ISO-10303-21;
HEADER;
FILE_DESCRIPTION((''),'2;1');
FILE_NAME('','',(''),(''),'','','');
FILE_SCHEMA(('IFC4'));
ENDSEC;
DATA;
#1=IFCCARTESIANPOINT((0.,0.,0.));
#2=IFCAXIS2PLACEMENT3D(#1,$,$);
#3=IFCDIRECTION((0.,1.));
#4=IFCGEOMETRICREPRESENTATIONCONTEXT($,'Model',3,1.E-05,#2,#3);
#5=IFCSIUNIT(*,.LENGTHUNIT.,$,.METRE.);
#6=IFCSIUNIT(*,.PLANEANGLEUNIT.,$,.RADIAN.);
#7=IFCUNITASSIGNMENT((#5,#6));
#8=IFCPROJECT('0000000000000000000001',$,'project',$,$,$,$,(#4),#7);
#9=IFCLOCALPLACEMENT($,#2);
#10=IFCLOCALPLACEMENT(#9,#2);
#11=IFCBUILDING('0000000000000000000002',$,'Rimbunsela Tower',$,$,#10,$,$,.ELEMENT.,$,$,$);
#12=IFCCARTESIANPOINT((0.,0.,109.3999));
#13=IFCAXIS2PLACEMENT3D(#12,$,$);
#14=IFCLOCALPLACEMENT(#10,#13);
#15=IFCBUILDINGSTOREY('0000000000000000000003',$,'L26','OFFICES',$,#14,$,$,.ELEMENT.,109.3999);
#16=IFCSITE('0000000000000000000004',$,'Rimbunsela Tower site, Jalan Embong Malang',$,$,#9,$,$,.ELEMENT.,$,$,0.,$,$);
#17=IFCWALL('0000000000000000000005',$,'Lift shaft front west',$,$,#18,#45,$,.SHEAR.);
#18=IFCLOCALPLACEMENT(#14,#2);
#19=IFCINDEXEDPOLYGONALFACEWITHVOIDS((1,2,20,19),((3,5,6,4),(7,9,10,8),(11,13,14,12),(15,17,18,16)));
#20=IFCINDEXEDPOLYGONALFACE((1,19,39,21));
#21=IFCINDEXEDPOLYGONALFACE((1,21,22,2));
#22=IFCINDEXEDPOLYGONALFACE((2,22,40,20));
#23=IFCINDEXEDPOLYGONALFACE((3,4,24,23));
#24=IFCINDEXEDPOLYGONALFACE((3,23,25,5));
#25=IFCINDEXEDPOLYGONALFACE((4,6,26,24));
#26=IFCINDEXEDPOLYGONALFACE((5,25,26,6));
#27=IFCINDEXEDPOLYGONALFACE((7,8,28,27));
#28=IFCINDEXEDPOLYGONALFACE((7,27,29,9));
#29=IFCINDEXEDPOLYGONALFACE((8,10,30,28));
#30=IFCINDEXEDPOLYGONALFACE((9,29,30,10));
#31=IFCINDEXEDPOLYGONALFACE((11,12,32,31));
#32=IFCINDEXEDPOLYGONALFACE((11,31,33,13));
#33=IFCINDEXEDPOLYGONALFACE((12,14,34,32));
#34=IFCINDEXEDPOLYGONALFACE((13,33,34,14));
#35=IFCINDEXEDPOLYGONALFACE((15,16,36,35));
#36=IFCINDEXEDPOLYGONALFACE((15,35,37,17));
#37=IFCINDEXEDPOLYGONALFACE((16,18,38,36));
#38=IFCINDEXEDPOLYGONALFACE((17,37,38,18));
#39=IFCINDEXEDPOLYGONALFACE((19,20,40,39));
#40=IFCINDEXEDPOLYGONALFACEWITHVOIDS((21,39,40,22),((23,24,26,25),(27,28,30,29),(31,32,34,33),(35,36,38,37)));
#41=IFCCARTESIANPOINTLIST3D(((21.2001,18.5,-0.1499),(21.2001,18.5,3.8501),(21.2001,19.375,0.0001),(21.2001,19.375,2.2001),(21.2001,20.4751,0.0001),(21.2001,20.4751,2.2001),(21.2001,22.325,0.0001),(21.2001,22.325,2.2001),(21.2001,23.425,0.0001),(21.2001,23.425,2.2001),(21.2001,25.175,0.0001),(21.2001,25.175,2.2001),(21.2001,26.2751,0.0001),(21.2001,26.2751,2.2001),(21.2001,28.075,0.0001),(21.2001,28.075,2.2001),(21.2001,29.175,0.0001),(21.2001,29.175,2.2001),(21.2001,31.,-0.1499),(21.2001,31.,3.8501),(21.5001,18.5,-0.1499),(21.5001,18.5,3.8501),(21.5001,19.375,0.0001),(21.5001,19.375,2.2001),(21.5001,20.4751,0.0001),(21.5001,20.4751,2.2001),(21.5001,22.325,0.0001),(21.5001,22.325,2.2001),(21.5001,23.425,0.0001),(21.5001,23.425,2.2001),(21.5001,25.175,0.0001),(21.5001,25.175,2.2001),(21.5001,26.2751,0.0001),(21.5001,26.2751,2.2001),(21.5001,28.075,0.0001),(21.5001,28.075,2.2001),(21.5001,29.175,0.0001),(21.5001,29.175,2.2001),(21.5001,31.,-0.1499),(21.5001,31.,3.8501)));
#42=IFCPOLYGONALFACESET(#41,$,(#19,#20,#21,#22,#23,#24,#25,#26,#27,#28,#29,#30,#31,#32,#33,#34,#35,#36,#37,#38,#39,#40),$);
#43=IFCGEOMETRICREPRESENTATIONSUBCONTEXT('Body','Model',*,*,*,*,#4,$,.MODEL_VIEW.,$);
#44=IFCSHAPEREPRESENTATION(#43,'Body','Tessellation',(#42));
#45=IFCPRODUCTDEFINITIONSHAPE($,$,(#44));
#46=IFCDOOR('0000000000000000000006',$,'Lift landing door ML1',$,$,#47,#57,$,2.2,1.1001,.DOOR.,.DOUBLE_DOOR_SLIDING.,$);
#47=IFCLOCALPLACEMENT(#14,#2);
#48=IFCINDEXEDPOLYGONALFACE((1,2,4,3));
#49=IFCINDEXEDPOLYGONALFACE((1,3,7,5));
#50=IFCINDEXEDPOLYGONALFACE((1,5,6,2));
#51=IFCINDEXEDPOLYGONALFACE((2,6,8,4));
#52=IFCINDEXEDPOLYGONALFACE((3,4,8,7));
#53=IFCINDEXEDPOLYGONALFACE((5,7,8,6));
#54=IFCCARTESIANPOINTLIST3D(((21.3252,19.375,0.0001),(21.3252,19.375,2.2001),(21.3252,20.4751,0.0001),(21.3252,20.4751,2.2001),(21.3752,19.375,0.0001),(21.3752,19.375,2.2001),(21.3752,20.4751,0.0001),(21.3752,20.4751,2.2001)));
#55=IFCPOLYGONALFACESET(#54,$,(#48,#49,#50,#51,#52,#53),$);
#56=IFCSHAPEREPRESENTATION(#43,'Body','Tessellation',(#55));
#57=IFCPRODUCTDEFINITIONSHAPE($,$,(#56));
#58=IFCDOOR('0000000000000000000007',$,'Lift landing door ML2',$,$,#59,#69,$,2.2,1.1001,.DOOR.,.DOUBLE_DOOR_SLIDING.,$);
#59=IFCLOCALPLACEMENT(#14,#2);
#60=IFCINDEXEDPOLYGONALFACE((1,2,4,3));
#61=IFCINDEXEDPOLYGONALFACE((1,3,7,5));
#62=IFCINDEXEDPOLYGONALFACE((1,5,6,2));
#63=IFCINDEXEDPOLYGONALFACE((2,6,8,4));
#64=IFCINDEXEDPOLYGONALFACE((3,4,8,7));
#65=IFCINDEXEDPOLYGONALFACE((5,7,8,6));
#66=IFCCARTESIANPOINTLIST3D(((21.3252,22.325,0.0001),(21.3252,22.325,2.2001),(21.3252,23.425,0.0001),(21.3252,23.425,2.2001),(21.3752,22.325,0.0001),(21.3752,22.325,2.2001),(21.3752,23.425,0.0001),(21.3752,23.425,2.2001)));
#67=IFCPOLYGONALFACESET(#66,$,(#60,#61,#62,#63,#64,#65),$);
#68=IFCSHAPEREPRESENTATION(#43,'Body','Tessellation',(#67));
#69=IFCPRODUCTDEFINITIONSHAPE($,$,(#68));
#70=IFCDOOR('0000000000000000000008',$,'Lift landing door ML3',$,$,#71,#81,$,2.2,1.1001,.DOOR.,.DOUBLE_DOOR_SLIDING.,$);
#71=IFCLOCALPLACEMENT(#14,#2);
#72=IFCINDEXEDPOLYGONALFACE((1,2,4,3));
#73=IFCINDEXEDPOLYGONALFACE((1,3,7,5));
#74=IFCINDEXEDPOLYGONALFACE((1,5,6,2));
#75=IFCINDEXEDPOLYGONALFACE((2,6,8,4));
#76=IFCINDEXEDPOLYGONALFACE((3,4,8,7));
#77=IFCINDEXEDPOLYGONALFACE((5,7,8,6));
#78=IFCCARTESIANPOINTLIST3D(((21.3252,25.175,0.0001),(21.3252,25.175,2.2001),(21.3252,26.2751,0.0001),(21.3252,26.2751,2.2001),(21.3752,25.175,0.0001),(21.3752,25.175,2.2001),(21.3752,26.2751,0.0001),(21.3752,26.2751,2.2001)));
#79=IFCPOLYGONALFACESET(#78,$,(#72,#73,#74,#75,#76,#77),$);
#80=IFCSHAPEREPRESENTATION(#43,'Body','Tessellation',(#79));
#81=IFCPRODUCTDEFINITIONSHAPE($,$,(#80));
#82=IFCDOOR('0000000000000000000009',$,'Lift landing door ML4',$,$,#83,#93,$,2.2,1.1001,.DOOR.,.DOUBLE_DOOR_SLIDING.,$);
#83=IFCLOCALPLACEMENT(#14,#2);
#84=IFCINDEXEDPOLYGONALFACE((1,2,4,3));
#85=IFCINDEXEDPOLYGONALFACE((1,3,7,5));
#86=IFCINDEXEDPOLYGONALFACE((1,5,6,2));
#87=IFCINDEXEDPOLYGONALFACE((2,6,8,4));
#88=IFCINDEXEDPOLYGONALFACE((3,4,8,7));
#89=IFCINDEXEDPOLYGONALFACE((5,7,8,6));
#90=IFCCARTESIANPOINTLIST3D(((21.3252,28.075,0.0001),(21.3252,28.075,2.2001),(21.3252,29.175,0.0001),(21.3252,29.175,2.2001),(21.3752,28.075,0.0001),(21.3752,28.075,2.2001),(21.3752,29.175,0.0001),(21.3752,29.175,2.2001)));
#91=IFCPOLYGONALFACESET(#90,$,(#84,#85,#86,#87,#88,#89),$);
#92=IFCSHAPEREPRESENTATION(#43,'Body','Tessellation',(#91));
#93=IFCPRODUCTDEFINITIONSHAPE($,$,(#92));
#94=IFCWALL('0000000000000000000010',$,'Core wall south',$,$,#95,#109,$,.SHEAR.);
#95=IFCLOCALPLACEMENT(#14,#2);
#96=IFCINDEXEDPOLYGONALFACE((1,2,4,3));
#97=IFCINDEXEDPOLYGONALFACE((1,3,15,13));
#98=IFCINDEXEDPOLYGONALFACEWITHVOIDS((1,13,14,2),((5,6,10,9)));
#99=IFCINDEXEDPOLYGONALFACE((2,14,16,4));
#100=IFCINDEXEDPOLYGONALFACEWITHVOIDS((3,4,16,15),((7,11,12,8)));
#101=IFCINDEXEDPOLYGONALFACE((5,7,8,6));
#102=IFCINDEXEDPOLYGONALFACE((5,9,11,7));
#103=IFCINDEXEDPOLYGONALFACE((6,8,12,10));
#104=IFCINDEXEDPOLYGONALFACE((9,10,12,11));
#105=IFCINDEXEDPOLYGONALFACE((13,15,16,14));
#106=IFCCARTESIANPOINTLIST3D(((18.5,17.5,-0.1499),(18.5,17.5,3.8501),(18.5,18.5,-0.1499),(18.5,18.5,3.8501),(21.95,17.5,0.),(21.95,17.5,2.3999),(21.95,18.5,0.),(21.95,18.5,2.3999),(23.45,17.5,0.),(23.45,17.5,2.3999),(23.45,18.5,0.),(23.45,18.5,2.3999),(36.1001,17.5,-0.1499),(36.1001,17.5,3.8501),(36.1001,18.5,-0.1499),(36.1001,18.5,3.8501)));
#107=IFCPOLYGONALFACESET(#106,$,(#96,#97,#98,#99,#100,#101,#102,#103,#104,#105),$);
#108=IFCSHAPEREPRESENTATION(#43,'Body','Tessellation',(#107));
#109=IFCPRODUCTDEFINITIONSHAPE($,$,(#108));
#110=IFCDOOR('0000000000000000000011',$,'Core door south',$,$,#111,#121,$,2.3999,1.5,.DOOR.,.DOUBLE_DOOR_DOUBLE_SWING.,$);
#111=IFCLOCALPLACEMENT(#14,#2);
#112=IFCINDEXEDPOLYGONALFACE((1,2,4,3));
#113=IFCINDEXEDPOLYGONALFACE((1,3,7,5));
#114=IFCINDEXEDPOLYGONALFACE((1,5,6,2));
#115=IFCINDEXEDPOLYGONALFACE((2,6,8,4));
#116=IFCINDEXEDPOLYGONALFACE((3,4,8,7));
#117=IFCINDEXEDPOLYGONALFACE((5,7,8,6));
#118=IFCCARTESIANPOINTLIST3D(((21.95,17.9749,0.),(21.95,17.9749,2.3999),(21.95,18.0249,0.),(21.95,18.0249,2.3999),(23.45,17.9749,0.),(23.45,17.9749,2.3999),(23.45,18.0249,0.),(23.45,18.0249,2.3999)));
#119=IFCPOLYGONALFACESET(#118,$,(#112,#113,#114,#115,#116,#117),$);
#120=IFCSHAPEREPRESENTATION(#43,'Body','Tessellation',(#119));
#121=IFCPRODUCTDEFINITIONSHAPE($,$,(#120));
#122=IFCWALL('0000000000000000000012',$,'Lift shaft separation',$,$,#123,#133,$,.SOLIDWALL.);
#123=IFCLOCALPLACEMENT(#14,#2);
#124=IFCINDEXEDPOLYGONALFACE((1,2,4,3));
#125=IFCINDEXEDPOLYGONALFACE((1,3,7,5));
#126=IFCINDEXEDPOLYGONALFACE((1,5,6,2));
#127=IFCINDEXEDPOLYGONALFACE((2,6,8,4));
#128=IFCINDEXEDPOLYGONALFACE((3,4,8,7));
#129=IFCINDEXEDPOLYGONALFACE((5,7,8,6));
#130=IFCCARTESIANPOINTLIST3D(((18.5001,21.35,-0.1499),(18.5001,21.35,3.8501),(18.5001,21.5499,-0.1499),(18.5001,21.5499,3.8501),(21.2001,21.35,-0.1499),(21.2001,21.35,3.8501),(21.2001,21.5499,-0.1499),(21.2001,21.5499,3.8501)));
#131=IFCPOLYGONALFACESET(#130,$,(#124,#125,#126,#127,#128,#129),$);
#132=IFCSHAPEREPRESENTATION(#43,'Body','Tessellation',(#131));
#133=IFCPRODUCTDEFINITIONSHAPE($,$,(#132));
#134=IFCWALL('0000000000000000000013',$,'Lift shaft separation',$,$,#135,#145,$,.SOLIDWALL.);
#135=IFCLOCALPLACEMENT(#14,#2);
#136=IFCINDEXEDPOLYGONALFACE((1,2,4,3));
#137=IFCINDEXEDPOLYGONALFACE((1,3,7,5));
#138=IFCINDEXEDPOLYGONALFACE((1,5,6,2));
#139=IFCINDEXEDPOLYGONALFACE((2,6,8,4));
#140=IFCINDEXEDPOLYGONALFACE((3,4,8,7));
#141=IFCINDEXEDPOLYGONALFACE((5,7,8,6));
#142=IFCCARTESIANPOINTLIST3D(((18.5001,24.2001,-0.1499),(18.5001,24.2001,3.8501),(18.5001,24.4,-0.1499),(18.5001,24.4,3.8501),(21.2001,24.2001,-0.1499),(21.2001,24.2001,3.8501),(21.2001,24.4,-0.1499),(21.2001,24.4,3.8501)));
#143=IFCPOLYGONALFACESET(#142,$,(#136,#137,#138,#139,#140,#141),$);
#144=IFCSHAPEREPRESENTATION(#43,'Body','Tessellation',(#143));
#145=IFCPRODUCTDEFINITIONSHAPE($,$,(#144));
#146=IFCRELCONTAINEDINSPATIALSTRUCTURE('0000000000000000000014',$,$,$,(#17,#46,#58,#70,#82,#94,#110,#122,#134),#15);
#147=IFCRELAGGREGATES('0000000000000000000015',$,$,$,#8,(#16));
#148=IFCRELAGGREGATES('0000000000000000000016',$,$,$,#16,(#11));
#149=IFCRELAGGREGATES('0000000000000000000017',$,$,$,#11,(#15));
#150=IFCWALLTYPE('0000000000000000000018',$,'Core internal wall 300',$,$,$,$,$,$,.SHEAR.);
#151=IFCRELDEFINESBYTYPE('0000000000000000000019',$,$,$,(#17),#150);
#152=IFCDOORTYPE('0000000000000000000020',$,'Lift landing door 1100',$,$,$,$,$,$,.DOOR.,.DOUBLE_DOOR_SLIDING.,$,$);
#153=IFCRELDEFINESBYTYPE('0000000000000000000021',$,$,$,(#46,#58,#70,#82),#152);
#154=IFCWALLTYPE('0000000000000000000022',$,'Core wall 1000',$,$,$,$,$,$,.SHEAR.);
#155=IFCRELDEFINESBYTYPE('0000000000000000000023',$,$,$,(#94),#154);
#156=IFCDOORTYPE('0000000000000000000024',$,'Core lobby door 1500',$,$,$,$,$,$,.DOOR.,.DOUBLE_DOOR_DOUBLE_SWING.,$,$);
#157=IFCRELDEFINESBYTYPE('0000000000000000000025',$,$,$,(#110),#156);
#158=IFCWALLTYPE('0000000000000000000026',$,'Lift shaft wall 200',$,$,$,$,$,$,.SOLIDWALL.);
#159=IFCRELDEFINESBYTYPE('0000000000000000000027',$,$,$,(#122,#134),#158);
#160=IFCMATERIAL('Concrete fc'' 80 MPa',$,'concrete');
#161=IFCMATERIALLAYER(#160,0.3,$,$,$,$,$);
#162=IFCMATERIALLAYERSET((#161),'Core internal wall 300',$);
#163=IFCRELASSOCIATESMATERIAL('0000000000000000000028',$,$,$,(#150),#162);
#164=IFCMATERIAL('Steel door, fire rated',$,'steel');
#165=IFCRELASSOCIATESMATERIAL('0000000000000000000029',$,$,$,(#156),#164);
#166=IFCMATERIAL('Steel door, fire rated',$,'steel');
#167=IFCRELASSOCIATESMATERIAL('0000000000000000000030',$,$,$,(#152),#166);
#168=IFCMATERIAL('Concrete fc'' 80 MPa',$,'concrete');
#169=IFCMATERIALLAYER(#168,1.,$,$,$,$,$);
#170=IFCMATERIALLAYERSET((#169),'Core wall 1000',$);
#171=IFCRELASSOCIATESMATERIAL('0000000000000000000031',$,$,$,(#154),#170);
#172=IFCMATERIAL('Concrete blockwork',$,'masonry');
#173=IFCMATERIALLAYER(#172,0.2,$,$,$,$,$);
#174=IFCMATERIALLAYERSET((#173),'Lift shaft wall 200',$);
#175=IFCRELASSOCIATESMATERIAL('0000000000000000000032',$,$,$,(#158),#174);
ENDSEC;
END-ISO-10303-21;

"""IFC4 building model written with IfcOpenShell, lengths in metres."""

from ifc_helpers import new_model, si_unit, direction, frame, frame_2d, origin, place, context, subcontext, project, spatial, rectangle, extrude, material, layer, layer_set, type_object, element, fill, save


model = new_model("IFC4")

# Units and contexts
model_context = context("Model", 3, precision=1e-05, world=origin(), true_north=direction((0.0, 1.0)))
body_context = subcontext(model_context, "Body", "Model", "MODEL_VIEW")
ifc_project = project(units=[si_unit("LENGTHUNIT", "METRE"), si_unit("PLANEANGLEUNIT", "RADIAN")], contexts=[model_context])

# Site, building, storey
site_placement = place(None, origin())
site = spatial("IfcSite", under=ifc_project, at=site_placement, Name="Rimbunsela Tower site, Jalan Embong Malang", CompositionType="ELEMENT", RefElevation=0.0)
building_placement = place(site_placement, origin())
building = spatial("IfcBuilding", under=site, at=building_placement, Name="Rimbunsela Tower", CompositionType="ELEMENT")
storey_placement = place(building_placement, frame((0.0, 0.0, 109.3999)))
storey = spatial("IfcBuildingStorey", under=building, at=storey_placement, Name="L26", Description="OFFICES", CompositionType="ELEMENT", Elevation=109.3999)

# Shared definitions
ifc_material_1 = material(Name="Concrete fc' 80 MPa", Category="concrete")
ifc_layer_1 = layer(ifc_material_1, 0.3)
ifc_layer_set_1 = layer_set([ifc_layer_1], Name="Core internal wall 300")
wall_type_1 = type_object("IfcWallType", Name="Core internal wall 300", PredefinedType="SHEAR", material=ifc_layer_set_1)
ifc_material_2 = material(Name="Steel door, fire rated", Category="steel")
door_type_1 = type_object("IfcDoorType", Name="Core lobby door 1500", OperationType="DOUBLE_DOOR_DOUBLE_SWING", PredefinedType="DOOR", material=ifc_material_2)

# Wall, openings, doors
wall_1_placement = place(storey_placement, frame((21.3501, 18.5, -0.1499), z_axis=(0.0, 0.0, 1.0), x_axis=(0.0, 1.0, 0.0)))
wall_1 = element("IfcWall", 1, at=wall_1_placement, inside=storey, type_object=wall_type_1, Name="Lift shaft front west", PredefinedType="SHEAR", context=body_context, shape_type="SweptSolid", body=[
    extrude(rectangle(XDim=12.5, YDim=0.3, at=frame_2d((6.25, 0.0))), origin(), (0.0, 0.0, 1.0), 4.0),
])
opening_1_placement = place(wall_1_placement, frame((0.875, 0.0, 0.1499)))
opening_1 = element("IfcOpeningElement", 2, at=opening_1_placement, cuts=wall_1, PredefinedType="OPENING", context=body_context, shape_type="SweptSolid", body=[
    extrude(rectangle(XDim=1.1001, YDim=2.2, at=frame_2d((0.55, 1.1001))), frame((0.0, 0.1599, 0.0), z_axis=(0.0, -1.0, 0.0), x_axis=(1.0, 0.0, 0.0)), (0.0, 0.0, 1.0), 0.3201),
])
opening_2_placement = place(wall_1_placement, frame((3.825, 0.0, 0.1499)))
opening_2 = element("IfcOpeningElement", 3, at=opening_2_placement, cuts=wall_1, PredefinedType="OPENING", context=body_context, shape_type="SweptSolid", body=[
    extrude(rectangle(XDim=1.1001, YDim=2.2, at=frame_2d((0.55, 1.1001))), frame((0.0, 0.1599, 0.0), z_axis=(0.0, -1.0, 0.0), x_axis=(1.0, 0.0, 0.0)), (0.0, 0.0, 1.0), 0.3201),
])
opening_3_placement = place(wall_1_placement, frame((6.675, 0.0, 0.1499)))
opening_3 = element("IfcOpeningElement", 4, at=opening_3_placement, cuts=wall_1, PredefinedType="OPENING", context=body_context, shape_type="SweptSolid", body=[
    extrude(rectangle(XDim=1.1001, YDim=2.2, at=frame_2d((0.55, 1.1001))), frame((0.0, 0.1599, 0.0), z_axis=(0.0, -1.0, 0.0), x_axis=(1.0, 0.0, 0.0)), (0.0, 0.0, 1.0), 0.3201),
])
opening_4_placement = place(wall_1_placement, frame((9.575, 0.0, 0.1499)))
opening_4 = element("IfcOpeningElement", 5, at=opening_4_placement, cuts=wall_1, PredefinedType="OPENING", context=body_context, shape_type="SweptSolid", body=[
    extrude(rectangle(XDim=1.1001, YDim=2.2, at=frame_2d((0.55, 1.1001))), frame((0.0, 0.1599, 0.0), z_axis=(0.0, -1.0, 0.0), x_axis=(1.0, 0.0, 0.0)), (0.0, 0.0, 1.0), 0.3201),
])
ifc_material_3 = material(Name="Steel door, fire rated", Category="steel")
door_type_2 = type_object("IfcDoorType", Name="Lift landing door 1100", OperationType="DOUBLE_DOOR_SLIDING", PredefinedType="DOOR", material=ifc_material_3)
door_1_placement = place(opening_1_placement, origin())
door_1 = element("IfcDoor", 6, at=door_1_placement, inside=storey, type_object=door_type_2, Name="Lift landing door ML1", OperationType="DOUBLE_DOOR_SLIDING", OverallHeight=2.2, OverallWidth=1.1001, PredefinedType="DOOR", context=body_context, shape_type="SweptSolid", body=[
    extrude(rectangle(XDim=1.1001, YDim=2.2, at=frame_2d((0.55, 1.1001))), frame((0.0, 0.0249, 0.0), z_axis=(0.0, -1.0, 0.0), x_axis=(1.0, 0.0, 0.0)), (0.0, 0.0, 1.0), 0.05),
])
fill(opening_1, door_1)
door_2_placement = place(opening_2_placement, origin())
door_2 = element("IfcDoor", 7, at=door_2_placement, inside=storey, type_object=door_type_2, Name="Lift landing door ML2", OperationType="DOUBLE_DOOR_SLIDING", OverallHeight=2.2, OverallWidth=1.1001, PredefinedType="DOOR", context=body_context, shape_type="SweptSolid", body=[
    extrude(rectangle(XDim=1.1001, YDim=2.2, at=frame_2d((0.55, 1.1001))), frame((0.0, 0.0249, 0.0), z_axis=(0.0, -1.0, 0.0), x_axis=(1.0, 0.0, 0.0)), (0.0, 0.0, 1.0), 0.05),
])
fill(opening_2, door_2)
door_3_placement = place(opening_3_placement, origin())
door_3 = element("IfcDoor", 8, at=door_3_placement, inside=storey, type_object=door_type_2, Name="Lift landing door ML3", OperationType="DOUBLE_DOOR_SLIDING", OverallHeight=2.2, OverallWidth=1.1001, PredefinedType="DOOR", context=body_context, shape_type="SweptSolid", body=[
    extrude(rectangle(XDim=1.1001, YDim=2.2, at=frame_2d((0.55, 1.1001))), frame((0.0, 0.0249, 0.0), z_axis=(0.0, -1.0, 0.0), x_axis=(1.0, 0.0, 0.0)), (0.0, 0.0, 1.0), 0.05),
])
fill(opening_3, door_3)
door_4_placement = place(opening_4_placement, origin())
door_4 = element("IfcDoor", 9, at=door_4_placement, inside=storey, type_object=door_type_2, Name="Lift landing door ML4", OperationType="DOUBLE_DOOR_SLIDING", OverallHeight=2.2, OverallWidth=1.1001, PredefinedType="DOOR", context=body_context, shape_type="SweptSolid", body=[
    extrude(rectangle(XDim=1.1001, YDim=2.2, at=frame_2d((0.55, 1.1001))), frame((0.0, 0.0249, 0.0), z_axis=(0.0, -1.0, 0.0), x_axis=(1.0, 0.0, 0.0)), (0.0, 0.0, 1.0), 0.05),
])
fill(opening_4, door_4)

# Wall, opening, door
ifc_material_4 = material(Name="Concrete fc' 80 MPa", Category="concrete")
ifc_layer_2 = layer(ifc_material_4, 1.0)
ifc_layer_set_2 = layer_set([ifc_layer_2], Name="Core wall 1000")
wall_type_2 = type_object("IfcWallType", Name="Core wall 1000", PredefinedType="SHEAR", material=ifc_layer_set_2)
wall_2_placement = place(storey_placement, frame((18.5, 18.0, -0.1499), z_axis=(0.0, 0.0, 1.0), x_axis=(1.0, 0.0, 0.0)))
wall_2 = element("IfcWall", 10, at=wall_2_placement, inside=storey, type_object=wall_type_2, Name="Core wall south", PredefinedType="SHEAR", context=body_context, shape_type="SweptSolid", body=[
    extrude(rectangle(XDim=17.6001, YDim=1.0, at=frame_2d((8.8, 0.0))), origin(), (0.0, 0.0, 1.0), 4.0),
])
opening_5_placement = place(wall_2_placement, frame((3.45, 0.0, 0.1499)))
opening_5 = element("IfcOpeningElement", 11, at=opening_5_placement, cuts=wall_2, PredefinedType="OPENING", context=body_context, shape_type="SweptSolid", body=[
    extrude(rectangle(XDim=1.5, YDim=2.3999, at=frame_2d((0.75, 1.2))), frame((0.0, 0.51, 0.0), z_axis=(0.0, -1.0, 0.0), x_axis=(1.0, 0.0, 0.0)), (0.0, 0.0, 1.0), 1.02),
])
door_5_placement = place(opening_5_placement, origin())
door_5 = element("IfcDoor", 12, at=door_5_placement, inside=storey, type_object=door_type_1, Name="Core door south", OperationType="DOUBLE_DOOR_DOUBLE_SWING", OverallHeight=2.3999, OverallWidth=1.5, PredefinedType="DOOR", context=body_context, shape_type="SweptSolid", body=[
    extrude(rectangle(XDim=1.5, YDim=2.3999, at=frame_2d((0.75, 1.2))), frame((0.0, 0.0249, 0.0), z_axis=(0.0, -1.0, 0.0), x_axis=(1.0, 0.0, 0.0)), (0.0, 0.0, 1.0), 0.05),
])
fill(opening_5, door_5)

# Walls
ifc_material_5 = material(Name="Concrete blockwork", Category="masonry")
ifc_layer_3 = layer(ifc_material_5, 0.2)
ifc_layer_set_3 = layer_set([ifc_layer_3], Name="Lift shaft wall 200")
wall_type_3 = type_object("IfcWallType", Name="Lift shaft wall 200", PredefinedType="SOLIDWALL", material=ifc_layer_set_3)
for number, where, z_axis, x_axis, name in (
    (13, (18.5, 21.45, -0.1499), (0.0, 0.0, 1.0), (1.0, 0.0, 0.0), "Lift shaft separation"),
    (14, (18.5, 24.3, -0.1499), (0.0, 0.0, 1.0), (1.0, 0.0, 0.0), "Lift shaft separation"),
):
    element("IfcWall", number, at=place(storey_placement, frame(where, z_axis=z_axis, x_axis=x_axis)), inside=storey, type_object=wall_type_3, Name=name, PredefinedType="SOLIDWALL", context=body_context, shape_type="SweptSolid", body=[
        extrude(rectangle(XDim=2.7, YDim=0.2, at=frame_2d((1.3501, 0.0))), origin(), (0.0, 0.0, 1.0), 4.0),
    ])

save(model, "model.ifc")
